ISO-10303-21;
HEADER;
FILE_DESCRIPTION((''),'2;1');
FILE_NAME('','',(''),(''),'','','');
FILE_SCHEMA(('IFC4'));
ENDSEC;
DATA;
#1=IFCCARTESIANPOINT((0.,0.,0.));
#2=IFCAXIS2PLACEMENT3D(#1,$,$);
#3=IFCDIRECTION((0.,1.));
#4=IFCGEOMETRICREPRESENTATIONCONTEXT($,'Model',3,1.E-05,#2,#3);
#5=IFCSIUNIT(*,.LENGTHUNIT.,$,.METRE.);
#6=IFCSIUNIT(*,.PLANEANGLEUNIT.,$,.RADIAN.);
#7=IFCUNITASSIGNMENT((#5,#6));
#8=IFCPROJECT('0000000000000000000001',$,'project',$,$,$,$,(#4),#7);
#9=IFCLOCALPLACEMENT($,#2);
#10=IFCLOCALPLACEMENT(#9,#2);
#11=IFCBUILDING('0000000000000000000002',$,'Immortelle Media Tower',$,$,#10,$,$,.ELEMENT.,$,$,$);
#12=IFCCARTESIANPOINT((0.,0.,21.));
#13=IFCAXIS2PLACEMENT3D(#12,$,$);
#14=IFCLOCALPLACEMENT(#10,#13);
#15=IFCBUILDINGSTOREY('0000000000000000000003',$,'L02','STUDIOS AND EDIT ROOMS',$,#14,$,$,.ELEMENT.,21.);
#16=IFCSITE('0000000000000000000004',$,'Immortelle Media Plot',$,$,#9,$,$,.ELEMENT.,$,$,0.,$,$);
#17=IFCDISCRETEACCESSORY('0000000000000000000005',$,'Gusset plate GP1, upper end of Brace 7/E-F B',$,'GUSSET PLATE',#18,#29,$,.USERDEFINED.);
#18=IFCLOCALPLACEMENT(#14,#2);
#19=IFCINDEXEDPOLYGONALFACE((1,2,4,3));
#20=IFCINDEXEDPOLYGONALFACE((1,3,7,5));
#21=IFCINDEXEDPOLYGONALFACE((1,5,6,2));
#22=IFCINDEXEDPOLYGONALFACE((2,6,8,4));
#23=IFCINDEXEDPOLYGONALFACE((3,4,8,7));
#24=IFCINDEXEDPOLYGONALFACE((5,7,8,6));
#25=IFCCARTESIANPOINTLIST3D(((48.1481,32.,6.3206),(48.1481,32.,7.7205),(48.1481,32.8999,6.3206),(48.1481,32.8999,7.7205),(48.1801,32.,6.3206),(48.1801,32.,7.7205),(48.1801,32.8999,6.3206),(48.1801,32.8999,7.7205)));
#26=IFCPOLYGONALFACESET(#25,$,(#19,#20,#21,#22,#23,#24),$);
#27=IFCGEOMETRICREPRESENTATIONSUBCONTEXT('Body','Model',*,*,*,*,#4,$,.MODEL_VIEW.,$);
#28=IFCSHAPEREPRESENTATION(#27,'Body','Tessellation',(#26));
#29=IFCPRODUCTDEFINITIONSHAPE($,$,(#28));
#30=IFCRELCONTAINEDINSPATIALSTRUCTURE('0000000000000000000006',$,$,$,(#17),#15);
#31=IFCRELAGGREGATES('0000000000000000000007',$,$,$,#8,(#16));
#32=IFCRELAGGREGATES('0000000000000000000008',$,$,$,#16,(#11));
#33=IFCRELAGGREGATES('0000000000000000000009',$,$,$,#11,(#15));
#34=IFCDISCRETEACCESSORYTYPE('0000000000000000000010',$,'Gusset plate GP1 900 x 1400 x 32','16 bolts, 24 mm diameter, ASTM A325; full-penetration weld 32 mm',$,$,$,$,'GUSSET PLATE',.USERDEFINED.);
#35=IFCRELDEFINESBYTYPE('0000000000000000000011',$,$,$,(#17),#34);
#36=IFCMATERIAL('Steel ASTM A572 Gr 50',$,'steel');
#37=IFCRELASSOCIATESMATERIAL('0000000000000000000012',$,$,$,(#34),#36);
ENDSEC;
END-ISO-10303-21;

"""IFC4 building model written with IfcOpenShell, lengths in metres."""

from ifc_helpers import new_model, si_unit, direction, frame, origin, origin_2d, place, context, subcontext, project, spatial, rectangle, extrude, material, material_profile, profile_set, type_object, element, save


model = new_model("IFC4")

# Units and contexts
model_context = context("Model", 3, precision=1e-05, world=origin(), true_north=direction((0.0, 1.0)))
body_context = subcontext(model_context, "Body", "Model", "MODEL_VIEW")
ifc_project = project(units=[si_unit("LENGTHUNIT", "METRE"), si_unit("PLANEANGLEUNIT", "RADIAN")], contexts=[model_context])

# Site, building, storey
site_placement = place(None, origin())
site = spatial("IfcSite", under=ifc_project, at=site_placement, Name="Immortelle Media Plot", CompositionType="ELEMENT", RefElevation=0.0)
building_placement = place(site_placement, origin())
building = spatial("IfcBuilding", under=site, at=building_placement, Name="Immortelle Media Tower", CompositionType="ELEMENT")
storey_placement = place(building_placement, frame((0.0, 0.0, 21.0)))
storey = spatial("IfcBuildingStorey", under=building, at=storey_placement, Name="L02", Description="STUDIOS AND EDIT ROOMS", CompositionType="ELEMENT", Elevation=21.0)

# Discrete accessory
ifc_material_1 = material(Name="Steel ASTM A572 Gr 50", Category="steel")
ifc_material_profile_1 = material_profile(ifc_material_1, rectangle(XDim=0.032, YDim=1.3999, at=origin_2d()), Name="PL 32 x 1400")
ifc_profile_set_1 = profile_set([ifc_material_profile_1], Name="Steel ASTM A572 Gr 50")
discrete_accessory_type = type_object("IfcDiscreteAccessoryType", Name="Gusset plate GP1 900 x 1400 x 32", Description="16 bolts, 24 mm diameter, ASTM A325; full-penetration weld 32 mm", ElementType="GUSSET PLATE", PredefinedType="USERDEFINED", material=ifc_profile_set_1)
for number, where, z_axis, x_axis, name in (
    (1, (48.1641, 32.0, 7.0205), (0.0, 1.0, 0.0), (-1.0, 0.0, 0.0), "Gusset plate GP1, upper end of Brace 7/E-F B"),
):
    element("IfcDiscreteAccessory", number, at=place(storey_placement, frame(where, z_axis=z_axis, x_axis=x_axis)), inside=storey, type_object=discrete_accessory_type, Name=name, ObjectType="GUSSET PLATE", PredefinedType="USERDEFINED", context=body_context, shape_type="SweptSolid", body=[
        extrude(rectangle(XDim=0.032, YDim=1.3999, at=origin_2d()), origin(), (0.0, 0.0, 1.0), 0.8999),
    ])

save(model, "model.ifc")
